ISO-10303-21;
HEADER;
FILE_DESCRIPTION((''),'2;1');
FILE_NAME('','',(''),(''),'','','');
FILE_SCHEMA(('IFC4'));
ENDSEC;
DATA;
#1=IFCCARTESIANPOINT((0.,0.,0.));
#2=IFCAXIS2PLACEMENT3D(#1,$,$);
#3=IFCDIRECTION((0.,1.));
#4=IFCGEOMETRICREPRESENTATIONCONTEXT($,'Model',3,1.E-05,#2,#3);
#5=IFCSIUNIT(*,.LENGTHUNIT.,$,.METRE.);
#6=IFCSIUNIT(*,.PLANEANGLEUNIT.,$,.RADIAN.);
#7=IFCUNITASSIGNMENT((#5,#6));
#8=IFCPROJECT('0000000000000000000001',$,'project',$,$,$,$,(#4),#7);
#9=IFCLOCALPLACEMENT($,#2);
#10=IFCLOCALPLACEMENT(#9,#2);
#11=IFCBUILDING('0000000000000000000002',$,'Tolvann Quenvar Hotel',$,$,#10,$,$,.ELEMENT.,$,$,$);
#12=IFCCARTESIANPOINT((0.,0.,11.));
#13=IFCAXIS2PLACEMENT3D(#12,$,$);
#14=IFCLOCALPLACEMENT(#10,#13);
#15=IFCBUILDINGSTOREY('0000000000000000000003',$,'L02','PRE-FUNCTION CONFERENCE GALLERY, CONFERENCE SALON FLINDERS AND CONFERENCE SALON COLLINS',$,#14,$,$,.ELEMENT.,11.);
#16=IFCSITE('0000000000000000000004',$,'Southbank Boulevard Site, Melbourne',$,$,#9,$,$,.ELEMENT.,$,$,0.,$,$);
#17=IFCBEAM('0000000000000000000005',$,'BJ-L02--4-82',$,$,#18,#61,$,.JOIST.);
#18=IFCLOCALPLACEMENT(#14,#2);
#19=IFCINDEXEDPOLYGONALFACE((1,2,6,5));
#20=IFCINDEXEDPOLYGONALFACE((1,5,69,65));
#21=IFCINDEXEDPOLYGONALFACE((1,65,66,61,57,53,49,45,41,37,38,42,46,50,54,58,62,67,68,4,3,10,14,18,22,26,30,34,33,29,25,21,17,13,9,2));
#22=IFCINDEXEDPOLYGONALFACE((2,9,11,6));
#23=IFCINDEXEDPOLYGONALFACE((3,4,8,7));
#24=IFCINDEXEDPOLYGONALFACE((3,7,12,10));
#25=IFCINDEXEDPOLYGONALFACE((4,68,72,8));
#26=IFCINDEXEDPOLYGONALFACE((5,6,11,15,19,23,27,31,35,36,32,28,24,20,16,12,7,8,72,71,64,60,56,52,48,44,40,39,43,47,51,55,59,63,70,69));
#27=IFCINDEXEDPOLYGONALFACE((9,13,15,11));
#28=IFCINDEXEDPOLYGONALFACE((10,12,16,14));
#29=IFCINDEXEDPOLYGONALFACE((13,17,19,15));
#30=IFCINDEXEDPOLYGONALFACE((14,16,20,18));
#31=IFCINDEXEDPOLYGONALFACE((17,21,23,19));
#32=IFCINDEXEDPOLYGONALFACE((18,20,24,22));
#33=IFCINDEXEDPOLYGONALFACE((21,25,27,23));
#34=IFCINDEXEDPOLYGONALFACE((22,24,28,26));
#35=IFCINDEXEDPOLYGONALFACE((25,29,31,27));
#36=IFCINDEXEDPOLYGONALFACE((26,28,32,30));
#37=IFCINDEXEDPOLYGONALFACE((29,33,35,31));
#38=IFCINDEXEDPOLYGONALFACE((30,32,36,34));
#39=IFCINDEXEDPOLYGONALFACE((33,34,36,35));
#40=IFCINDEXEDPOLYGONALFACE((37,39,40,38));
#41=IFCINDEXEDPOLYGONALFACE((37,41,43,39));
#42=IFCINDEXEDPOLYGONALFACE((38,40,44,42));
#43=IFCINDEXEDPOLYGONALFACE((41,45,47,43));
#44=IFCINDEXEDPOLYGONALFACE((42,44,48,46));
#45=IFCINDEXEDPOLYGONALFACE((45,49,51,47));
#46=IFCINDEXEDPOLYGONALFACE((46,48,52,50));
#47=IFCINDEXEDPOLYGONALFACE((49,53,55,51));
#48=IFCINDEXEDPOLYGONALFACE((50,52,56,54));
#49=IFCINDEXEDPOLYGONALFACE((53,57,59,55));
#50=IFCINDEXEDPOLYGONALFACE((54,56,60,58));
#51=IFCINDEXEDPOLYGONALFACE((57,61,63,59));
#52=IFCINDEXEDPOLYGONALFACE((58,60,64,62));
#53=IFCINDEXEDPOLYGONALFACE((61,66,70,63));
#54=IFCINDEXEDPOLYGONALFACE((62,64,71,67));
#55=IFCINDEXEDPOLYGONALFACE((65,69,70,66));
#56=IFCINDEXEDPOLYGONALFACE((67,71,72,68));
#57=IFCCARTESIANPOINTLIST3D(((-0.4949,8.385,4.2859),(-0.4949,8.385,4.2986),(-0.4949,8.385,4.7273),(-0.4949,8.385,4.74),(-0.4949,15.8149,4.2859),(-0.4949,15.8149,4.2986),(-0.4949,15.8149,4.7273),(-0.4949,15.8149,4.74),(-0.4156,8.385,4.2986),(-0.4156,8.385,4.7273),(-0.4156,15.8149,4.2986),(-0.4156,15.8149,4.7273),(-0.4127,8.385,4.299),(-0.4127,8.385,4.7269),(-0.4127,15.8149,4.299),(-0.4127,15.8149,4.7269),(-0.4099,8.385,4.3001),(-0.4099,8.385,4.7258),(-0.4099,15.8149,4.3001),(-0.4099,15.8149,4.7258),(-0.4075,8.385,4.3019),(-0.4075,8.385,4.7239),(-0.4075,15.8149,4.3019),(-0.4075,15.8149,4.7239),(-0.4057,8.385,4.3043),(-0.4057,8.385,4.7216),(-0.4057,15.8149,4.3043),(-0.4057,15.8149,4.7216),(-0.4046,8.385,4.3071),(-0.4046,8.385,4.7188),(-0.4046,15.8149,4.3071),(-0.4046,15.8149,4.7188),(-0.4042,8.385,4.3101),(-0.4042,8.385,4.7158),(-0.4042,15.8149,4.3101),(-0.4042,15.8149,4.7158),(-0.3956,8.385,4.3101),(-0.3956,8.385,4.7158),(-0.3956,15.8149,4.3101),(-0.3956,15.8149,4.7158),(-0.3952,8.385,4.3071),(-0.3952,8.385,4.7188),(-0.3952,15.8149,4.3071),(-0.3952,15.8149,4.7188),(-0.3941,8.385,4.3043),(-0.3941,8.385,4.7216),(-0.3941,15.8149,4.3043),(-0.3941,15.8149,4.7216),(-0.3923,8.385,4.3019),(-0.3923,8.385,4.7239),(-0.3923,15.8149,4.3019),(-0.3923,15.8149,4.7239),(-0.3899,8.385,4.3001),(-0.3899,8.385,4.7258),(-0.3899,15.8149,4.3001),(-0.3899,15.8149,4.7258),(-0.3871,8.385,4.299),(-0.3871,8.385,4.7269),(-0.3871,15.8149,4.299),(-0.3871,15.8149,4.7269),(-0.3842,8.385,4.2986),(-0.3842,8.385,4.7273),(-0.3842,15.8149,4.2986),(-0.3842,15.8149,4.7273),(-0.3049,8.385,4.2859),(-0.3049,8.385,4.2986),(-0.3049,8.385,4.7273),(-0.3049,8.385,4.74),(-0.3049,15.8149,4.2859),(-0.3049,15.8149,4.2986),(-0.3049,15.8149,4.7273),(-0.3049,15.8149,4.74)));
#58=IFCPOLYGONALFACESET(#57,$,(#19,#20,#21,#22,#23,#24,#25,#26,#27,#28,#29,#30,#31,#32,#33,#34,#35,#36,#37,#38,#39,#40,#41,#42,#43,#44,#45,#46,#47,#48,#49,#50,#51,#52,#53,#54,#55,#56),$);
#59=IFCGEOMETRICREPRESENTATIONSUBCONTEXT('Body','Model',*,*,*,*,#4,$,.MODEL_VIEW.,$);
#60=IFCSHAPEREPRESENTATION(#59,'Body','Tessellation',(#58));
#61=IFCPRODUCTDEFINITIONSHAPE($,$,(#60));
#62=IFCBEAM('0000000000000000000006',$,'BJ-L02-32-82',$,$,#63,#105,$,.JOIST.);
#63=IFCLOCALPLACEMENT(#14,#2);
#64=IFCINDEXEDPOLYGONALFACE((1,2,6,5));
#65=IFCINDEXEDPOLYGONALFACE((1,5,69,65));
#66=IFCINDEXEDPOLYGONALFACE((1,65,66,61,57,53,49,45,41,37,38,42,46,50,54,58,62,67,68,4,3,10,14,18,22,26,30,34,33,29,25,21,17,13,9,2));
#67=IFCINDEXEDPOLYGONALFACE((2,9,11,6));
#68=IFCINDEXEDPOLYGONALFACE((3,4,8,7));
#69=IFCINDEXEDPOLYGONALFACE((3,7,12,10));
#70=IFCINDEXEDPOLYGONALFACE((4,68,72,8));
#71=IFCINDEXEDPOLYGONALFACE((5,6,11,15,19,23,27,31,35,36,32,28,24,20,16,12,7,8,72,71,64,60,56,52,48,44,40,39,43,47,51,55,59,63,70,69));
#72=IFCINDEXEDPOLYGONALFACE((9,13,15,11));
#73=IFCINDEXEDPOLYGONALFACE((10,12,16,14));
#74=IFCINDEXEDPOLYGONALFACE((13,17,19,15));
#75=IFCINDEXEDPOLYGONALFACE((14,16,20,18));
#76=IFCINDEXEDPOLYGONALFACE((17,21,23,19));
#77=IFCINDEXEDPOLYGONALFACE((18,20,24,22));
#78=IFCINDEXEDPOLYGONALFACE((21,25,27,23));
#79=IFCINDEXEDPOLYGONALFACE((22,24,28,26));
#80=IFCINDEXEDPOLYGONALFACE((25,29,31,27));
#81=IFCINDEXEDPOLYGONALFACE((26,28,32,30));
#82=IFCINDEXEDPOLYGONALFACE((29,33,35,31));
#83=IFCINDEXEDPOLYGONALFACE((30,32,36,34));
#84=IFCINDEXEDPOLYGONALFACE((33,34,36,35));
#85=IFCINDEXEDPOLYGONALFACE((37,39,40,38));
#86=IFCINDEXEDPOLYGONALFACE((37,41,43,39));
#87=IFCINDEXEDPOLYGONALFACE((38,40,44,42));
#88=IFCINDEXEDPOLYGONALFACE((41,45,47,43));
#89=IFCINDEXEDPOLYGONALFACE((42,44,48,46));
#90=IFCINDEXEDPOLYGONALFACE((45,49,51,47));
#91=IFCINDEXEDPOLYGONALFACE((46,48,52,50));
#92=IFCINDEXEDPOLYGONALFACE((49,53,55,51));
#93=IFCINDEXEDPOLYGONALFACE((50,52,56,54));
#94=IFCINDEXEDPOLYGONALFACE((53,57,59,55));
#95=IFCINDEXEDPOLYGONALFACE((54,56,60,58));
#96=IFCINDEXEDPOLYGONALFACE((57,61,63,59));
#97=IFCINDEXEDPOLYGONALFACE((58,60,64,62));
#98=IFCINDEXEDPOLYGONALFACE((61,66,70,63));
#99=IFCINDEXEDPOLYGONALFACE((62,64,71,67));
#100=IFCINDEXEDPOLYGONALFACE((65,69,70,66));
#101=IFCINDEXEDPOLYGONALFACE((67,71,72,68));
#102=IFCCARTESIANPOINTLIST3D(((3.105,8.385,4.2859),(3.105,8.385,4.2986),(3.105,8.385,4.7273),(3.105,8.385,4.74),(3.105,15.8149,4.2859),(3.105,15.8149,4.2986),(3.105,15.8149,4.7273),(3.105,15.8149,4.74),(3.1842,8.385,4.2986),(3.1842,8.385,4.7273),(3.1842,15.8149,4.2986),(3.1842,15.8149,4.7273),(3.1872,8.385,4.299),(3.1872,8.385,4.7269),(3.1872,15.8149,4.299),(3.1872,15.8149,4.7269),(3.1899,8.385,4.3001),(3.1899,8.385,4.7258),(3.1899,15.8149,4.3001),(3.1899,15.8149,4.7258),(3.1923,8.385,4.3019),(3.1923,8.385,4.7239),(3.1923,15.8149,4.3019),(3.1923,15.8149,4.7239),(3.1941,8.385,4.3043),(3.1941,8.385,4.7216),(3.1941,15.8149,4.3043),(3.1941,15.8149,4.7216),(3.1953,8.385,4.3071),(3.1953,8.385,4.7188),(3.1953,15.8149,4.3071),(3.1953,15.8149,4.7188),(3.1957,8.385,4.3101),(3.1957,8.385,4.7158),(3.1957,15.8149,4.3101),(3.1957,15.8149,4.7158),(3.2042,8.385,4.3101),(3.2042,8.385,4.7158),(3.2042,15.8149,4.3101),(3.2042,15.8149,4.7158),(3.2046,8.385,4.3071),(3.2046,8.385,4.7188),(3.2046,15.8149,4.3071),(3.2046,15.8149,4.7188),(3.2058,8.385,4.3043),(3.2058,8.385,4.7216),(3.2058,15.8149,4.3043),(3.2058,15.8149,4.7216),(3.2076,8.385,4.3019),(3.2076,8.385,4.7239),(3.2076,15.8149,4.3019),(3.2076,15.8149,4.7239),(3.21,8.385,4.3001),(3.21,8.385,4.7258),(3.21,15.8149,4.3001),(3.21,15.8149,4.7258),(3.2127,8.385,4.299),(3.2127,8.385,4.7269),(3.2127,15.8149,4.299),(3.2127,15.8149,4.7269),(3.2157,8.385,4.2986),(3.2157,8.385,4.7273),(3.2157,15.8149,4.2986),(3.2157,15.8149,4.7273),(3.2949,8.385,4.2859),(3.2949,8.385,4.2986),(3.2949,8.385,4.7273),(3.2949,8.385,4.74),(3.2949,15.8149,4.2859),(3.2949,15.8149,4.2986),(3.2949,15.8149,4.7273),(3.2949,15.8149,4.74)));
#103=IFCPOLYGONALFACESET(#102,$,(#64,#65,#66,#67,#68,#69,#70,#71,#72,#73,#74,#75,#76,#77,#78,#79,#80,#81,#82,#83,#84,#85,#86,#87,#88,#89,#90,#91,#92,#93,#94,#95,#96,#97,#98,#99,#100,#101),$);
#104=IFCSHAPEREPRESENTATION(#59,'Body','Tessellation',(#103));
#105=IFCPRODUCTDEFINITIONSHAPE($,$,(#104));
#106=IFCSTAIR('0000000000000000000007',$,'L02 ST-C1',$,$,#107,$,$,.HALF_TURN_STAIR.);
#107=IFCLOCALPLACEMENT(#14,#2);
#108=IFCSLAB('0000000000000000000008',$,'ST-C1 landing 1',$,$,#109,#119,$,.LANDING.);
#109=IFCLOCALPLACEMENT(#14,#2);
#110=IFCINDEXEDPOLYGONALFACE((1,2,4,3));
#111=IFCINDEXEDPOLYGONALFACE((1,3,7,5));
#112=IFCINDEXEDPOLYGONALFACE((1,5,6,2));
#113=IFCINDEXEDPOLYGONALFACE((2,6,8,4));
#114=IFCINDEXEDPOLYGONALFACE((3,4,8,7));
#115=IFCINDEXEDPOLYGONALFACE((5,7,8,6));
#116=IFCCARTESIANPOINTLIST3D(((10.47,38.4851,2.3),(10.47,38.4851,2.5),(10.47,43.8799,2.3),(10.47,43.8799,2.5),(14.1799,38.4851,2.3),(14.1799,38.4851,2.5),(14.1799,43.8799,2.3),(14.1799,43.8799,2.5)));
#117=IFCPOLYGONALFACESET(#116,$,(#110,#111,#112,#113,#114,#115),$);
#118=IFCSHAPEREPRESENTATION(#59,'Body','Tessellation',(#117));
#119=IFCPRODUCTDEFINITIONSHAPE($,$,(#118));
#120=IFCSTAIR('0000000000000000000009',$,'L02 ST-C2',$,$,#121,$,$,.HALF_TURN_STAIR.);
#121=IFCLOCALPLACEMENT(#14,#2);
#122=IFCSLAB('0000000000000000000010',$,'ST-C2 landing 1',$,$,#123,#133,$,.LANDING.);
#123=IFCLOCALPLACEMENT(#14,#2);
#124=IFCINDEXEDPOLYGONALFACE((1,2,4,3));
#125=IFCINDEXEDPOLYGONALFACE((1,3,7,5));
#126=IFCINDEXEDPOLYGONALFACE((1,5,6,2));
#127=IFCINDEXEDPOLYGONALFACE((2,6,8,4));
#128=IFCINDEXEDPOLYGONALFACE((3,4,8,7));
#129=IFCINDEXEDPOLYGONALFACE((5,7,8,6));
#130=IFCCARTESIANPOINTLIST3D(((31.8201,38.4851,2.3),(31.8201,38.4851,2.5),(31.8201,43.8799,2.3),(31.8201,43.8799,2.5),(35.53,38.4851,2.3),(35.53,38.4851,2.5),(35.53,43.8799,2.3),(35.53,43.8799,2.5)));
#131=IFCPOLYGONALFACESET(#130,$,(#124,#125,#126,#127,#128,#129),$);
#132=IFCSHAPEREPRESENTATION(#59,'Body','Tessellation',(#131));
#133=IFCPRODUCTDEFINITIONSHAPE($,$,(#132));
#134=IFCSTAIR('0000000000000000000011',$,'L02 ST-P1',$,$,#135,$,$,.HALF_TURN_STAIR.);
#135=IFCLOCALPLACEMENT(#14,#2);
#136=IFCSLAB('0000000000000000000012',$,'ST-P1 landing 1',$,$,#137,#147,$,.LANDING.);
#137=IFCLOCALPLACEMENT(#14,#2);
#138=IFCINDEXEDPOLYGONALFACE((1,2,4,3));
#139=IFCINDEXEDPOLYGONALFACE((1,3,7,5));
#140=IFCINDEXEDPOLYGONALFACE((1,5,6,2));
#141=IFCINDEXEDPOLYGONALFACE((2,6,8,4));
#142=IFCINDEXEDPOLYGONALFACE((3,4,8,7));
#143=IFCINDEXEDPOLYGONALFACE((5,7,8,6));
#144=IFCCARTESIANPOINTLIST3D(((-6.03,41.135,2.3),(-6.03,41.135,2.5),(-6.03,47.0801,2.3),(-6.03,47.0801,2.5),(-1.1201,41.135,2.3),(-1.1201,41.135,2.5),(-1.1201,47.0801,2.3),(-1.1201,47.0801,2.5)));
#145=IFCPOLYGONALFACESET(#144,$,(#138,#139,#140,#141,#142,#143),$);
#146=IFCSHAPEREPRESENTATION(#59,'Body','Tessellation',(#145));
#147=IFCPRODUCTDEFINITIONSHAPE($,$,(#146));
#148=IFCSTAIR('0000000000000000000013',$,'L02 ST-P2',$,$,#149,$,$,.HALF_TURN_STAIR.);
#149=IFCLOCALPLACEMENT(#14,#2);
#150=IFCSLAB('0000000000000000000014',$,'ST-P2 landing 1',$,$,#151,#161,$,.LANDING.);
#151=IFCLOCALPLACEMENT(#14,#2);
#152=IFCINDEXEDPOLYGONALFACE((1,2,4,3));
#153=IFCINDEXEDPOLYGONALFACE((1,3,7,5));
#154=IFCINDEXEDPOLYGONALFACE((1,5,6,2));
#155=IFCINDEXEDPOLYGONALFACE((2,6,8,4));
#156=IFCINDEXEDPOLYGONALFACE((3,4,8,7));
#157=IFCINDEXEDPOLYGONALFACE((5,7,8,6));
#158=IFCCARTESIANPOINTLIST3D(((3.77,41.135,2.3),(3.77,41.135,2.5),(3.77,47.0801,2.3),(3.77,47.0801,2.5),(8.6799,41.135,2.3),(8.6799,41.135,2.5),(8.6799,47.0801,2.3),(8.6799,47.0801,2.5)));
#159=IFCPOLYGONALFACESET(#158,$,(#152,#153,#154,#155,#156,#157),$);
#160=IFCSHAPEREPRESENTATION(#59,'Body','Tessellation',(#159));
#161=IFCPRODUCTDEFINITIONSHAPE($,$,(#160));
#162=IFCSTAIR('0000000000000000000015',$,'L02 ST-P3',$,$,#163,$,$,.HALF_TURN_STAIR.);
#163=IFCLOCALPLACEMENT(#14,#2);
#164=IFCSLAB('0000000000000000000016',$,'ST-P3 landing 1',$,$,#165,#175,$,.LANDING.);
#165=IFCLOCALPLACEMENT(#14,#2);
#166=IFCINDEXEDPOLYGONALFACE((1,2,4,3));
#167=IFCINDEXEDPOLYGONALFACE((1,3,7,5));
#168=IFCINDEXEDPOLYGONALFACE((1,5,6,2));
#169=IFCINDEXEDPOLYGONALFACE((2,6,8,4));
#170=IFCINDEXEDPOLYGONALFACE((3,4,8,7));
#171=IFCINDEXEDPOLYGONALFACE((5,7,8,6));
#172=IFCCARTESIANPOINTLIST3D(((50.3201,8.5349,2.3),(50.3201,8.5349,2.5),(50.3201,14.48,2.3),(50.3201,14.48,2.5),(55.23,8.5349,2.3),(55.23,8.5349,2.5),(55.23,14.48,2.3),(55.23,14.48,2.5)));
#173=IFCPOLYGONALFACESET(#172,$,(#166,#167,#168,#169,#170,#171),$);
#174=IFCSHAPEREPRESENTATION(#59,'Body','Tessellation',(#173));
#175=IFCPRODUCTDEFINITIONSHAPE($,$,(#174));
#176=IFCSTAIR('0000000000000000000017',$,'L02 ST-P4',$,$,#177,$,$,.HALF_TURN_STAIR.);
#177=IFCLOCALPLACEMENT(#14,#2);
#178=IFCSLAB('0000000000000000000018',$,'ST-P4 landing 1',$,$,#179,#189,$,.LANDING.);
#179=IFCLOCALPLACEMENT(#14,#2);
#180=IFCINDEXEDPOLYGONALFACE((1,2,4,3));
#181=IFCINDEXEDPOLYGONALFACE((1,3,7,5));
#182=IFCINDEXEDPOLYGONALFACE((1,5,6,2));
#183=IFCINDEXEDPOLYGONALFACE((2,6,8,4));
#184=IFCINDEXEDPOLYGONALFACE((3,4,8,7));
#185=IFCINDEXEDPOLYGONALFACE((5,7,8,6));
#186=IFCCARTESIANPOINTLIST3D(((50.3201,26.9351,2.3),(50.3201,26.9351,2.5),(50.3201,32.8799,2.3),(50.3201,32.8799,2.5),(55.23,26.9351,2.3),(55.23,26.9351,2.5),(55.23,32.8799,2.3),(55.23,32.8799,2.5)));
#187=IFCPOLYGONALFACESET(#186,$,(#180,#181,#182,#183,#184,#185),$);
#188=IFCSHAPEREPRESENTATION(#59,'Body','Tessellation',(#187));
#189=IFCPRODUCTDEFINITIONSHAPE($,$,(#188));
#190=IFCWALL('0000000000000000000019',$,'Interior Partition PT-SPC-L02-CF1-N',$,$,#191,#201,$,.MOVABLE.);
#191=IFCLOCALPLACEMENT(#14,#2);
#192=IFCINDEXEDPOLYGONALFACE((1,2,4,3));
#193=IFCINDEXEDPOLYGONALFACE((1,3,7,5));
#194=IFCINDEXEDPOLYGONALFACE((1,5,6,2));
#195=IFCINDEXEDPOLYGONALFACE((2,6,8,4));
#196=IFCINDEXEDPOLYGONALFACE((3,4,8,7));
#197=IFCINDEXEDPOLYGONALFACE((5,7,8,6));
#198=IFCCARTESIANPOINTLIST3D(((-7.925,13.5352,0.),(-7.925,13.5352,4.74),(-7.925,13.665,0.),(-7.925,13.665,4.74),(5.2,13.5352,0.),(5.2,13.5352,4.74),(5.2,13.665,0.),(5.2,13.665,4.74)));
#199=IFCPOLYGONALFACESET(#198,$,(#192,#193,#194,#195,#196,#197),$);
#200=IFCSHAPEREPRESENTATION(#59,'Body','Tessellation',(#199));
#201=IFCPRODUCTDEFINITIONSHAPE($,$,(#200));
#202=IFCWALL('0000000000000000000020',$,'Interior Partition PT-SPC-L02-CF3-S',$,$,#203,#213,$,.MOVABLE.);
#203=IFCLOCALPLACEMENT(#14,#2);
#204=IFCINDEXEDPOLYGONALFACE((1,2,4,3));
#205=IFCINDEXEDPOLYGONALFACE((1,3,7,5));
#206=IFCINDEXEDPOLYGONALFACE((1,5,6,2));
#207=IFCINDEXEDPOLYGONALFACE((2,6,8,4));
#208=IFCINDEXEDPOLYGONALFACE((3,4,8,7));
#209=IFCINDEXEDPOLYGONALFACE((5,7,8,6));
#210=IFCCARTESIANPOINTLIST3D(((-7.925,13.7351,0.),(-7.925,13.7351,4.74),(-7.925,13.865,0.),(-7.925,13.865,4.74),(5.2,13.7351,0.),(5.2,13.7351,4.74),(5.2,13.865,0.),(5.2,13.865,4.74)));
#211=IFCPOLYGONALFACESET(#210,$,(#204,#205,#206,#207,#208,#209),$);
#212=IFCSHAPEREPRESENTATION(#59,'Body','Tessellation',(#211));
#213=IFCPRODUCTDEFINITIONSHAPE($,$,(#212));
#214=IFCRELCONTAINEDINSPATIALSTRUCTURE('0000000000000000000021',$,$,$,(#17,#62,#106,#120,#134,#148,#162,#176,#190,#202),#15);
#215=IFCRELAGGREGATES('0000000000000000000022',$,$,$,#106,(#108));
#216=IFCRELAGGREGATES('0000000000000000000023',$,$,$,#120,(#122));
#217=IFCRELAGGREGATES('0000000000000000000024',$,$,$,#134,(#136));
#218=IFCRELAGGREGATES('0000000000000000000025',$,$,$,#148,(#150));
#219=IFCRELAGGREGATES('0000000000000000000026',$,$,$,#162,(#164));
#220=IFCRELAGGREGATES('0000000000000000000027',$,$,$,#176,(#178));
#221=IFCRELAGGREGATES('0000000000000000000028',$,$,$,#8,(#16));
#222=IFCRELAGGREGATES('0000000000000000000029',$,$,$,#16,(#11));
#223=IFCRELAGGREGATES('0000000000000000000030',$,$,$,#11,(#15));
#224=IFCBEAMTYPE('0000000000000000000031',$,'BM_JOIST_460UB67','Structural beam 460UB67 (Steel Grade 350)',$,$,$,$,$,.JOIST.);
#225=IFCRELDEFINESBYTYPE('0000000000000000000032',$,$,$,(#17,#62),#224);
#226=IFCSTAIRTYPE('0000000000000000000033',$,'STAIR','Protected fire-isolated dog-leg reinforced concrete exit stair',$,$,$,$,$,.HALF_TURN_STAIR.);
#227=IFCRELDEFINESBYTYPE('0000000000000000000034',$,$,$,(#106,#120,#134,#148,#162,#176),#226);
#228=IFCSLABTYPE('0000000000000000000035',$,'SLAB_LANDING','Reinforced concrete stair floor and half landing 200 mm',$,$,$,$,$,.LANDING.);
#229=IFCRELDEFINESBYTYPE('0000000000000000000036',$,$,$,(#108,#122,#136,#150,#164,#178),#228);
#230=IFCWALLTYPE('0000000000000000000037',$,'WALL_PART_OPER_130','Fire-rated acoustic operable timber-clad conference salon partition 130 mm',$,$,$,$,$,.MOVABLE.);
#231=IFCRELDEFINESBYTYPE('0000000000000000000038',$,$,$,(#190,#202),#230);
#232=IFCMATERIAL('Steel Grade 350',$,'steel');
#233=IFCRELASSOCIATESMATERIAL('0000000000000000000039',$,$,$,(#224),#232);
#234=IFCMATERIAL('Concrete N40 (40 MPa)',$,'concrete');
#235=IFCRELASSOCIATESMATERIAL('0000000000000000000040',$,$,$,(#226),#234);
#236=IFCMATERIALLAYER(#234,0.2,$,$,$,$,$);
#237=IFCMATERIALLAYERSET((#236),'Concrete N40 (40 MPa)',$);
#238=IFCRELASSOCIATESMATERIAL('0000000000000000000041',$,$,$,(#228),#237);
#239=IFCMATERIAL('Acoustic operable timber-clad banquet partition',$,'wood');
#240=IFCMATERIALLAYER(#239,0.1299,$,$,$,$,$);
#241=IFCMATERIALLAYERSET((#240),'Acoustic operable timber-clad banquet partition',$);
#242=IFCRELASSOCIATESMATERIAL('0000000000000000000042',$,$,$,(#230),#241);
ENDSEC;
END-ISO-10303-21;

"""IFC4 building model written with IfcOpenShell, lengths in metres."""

from ifc_helpers import new_model, si_unit, direction, frame, frame_2d, origin, origin_2d, place, context, subcontext, project, spatial, polyline, rectangle, i_section, outline, extrude, source, transform, mapped, material, layer, layer_set, material_profile, profile_set, type_object, element, aggregate, save


model = new_model("IFC4")

# Units and contexts
model_context = context("Model", 3, precision=1e-05, world=origin(), true_north=direction((0.0, 1.0)))
body_context = subcontext(model_context, "Body", "Model", "MODEL_VIEW")
ifc_project = project(units=[si_unit("LENGTHUNIT", "METRE"), si_unit("PLANEANGLEUNIT", "RADIAN")], contexts=[model_context])

# Site, building, storey
site_placement = place(None, origin())
site = spatial("IfcSite", under=ifc_project, at=site_placement, Name="Southbank Boulevard Site, Melbourne", CompositionType="ELEMENT", RefElevation=0.0)
building_placement = place(site_placement, origin())
building = spatial("IfcBuilding", under=site, at=building_placement, Name="Tolvann Quenvar Hotel", CompositionType="ELEMENT")
storey_placement = place(building_placement, frame((0.0, 0.0, 11.0)))
storey = spatial("IfcBuildingStorey", under=building, at=storey_placement, Name="L02", Description="PRE-FUNCTION CONFERENCE GALLERY, CONFERENCE SALON FLINDERS AND CONFERENCE SALON COLLINS", CompositionType="ELEMENT", Elevation=11.0)

# Beams
ifc_material_1 = material(Name="Steel Grade 350", Category="steel")
ifc_material_profile_1 = material_profile(ifc_material_1, i_section(OverallWidth=0.1899, OverallDepth=0.4541, WebThickness=0.0085, FlangeThickness=0.0127, FilletRadius=0.0115, at=origin_2d()), Name="460UB67")
ifc_profile_set_1 = profile_set([ifc_material_profile_1], Name="Steel Grade 350")
beam_type_1 = type_object("IfcBeamType", Name="BM_JOIST_460UB67", Description="Structural beam 460UB67 (Steel Grade 350)", PredefinedType="JOIST", material=ifc_profile_set_1)
shared_shape_1 = source(origin(), body_context, "Body", "SweptSolid", [
    extrude(i_section(OverallWidth=0.1899, OverallDepth=0.4541, WebThickness=0.0085, FlangeThickness=0.0127, FilletRadius=0.0115, at=origin_2d()), origin(), (0.0, 0.0, 1.0), 7.4299),
])
for number, where, z_axis, x_axis, name in (
    (1, (-0.3999, 8.385, 4.5129), (0.0, 1.0, 0.0), (-1.0, 0.0, 0.0), "BJ-L02--4-82"),
    (2, (3.2, 8.385, 4.5129), (0.0, 1.0, 0.0), (-1.0, 0.0, 0.0), "BJ-L02-32-82"),
):
    element("IfcBeam", number, at=place(storey_placement, frame(where, z_axis=z_axis, x_axis=x_axis)), inside=storey, type_object=beam_type_1, Name=name, PredefinedType="JOIST", context=body_context, shape_type="MappedRepresentation", body=[
        mapped(shared_shape_1, transform((0.0, 0.0, 0.0), x_axis=(1.0, 0.0, 0.0), y_axis=(0.0, 1.0, 0.0), z_axis=(0.0, 0.0, 1.0), scale=1.0)),
    ])

# Stairs, slabs
ifc_material_2 = material(Name="Concrete N40 (40 MPa)", Category="concrete")
stair_type = type_object("IfcStairType", Name="STAIR", Description="Protected fire-isolated dog-leg reinforced concrete exit stair", PredefinedType="HALF_TURN_STAIR", material=ifc_material_2)
stair_1_placement = place(storey_placement, origin())
stair_1 = element("IfcStair", 3, at=stair_1_placement, inside=storey, type_object=stair_type, Name="L02 ST-C1", PredefinedType="HALF_TURN_STAIR")
ifc_layer_1 = layer(ifc_material_2, 0.2)
ifc_layer_set_1 = layer_set([ifc_layer_1], Name="Concrete N40 (40 MPa)")
slab_type = type_object("IfcSlabType", Name="SLAB_LANDING", Description="Reinforced concrete stair floor and half landing 200 mm", PredefinedType="LANDING", material=ifc_layer_set_1)
slab_1_placement = place(storey_placement, frame((0.0, 0.0, 2.3)))
slab_1 = element("IfcSlab", 4, at=slab_1_placement, type_object=slab_type, Name="ST-C1 landing 1", PredefinedType="LANDING", context=body_context, shape_type="SweptSolid", body=[
    extrude(outline(polyline([(14.1799, 38.4851), (14.1799, 43.8799), (10.47, 43.8799), (10.47, 38.4851), (14.1799, 38.4851)])), origin(), (0.0, 0.0, 1.0), 0.2),
])
aggregate(stair_1, [slab_1])
stair_2_placement = place(storey_placement, origin())
stair_2 = element("IfcStair", 5, at=stair_2_placement, inside=storey, type_object=stair_type, Name="L02 ST-C2", PredefinedType="HALF_TURN_STAIR")
slab_2_placement = place(storey_placement, frame((0.0, 0.0, 2.3)))
slab_2 = element("IfcSlab", 6, at=slab_2_placement, type_object=slab_type, Name="ST-C2 landing 1", PredefinedType="LANDING", context=body_context, shape_type="SweptSolid", body=[
    extrude(outline(polyline([(35.53, 38.4851), (35.53, 43.8799), (31.8201, 43.8799), (31.8201, 38.4851), (35.53, 38.4851)])), origin(), (0.0, 0.0, 1.0), 0.2),
])
aggregate(stair_2, [slab_2])
stair_3_placement = place(storey_placement, origin())
stair_3 = element("IfcStair", 7, at=stair_3_placement, inside=storey, type_object=stair_type, Name="L02 ST-P1", PredefinedType="HALF_TURN_STAIR")
slab_3_placement = place(storey_placement, frame((0.0, 0.0, 2.3)))
slab_3 = element("IfcSlab", 8, at=slab_3_placement, type_object=slab_type, Name="ST-P1 landing 1", PredefinedType="LANDING", context=body_context, shape_type="SweptSolid", body=[
    extrude(outline(polyline([(-1.1201, 41.135), (-1.1201, 47.0801), (-6.03, 47.0801), (-6.03, 41.135), (-1.1201, 41.135)])), origin(), (0.0, 0.0, 1.0), 0.2),
])
aggregate(stair_3, [slab_3])
stair_4_placement = place(storey_placement, origin())
stair_4 = element("IfcStair", 9, at=stair_4_placement, inside=storey, type_object=stair_type, Name="L02 ST-P2", PredefinedType="HALF_TURN_STAIR")
slab_4_placement = place(storey_placement, frame((0.0, 0.0, 2.3)))
slab_4 = element("IfcSlab", 10, at=slab_4_placement, type_object=slab_type, Name="ST-P2 landing 1", PredefinedType="LANDING", context=body_context, shape_type="SweptSolid", body=[
    extrude(outline(polyline([(8.6799, 41.135), (8.6799, 47.0801), (3.77, 47.0801), (3.77, 41.135), (8.6799, 41.135)])), origin(), (0.0, 0.0, 1.0), 0.2),
])
aggregate(stair_4, [slab_4])
stair_5_placement = place(storey_placement, origin())
stair_5 = element("IfcStair", 11, at=stair_5_placement, inside=storey, type_object=stair_type, Name="L02 ST-P3", PredefinedType="HALF_TURN_STAIR")
slab_5_placement = place(storey_placement, frame((0.0, 0.0, 2.3)))
slab_5 = element("IfcSlab", 12, at=slab_5_placement, type_object=slab_type, Name="ST-P3 landing 1", PredefinedType="LANDING", context=body_context, shape_type="SweptSolid", body=[
    extrude(outline(polyline([(55.23, 8.5349), (55.23, 14.48), (50.3201, 14.48), (50.3201, 8.5349), (55.23, 8.5349)])), origin(), (0.0, 0.0, 1.0), 0.2),
])
aggregate(stair_5, [slab_5])
stair_6_placement = place(storey_placement, origin())
stair_6 = element("IfcStair", 13, at=stair_6_placement, inside=storey, type_object=stair_type, Name="L02 ST-P4", PredefinedType="HALF_TURN_STAIR")
slab_6_placement = place(storey_placement, frame((0.0, 0.0, 2.3)))
slab_6 = element("IfcSlab", 14, at=slab_6_placement, type_object=slab_type, Name="ST-P4 landing 1", PredefinedType="LANDING", context=body_context, shape_type="SweptSolid", body=[
    extrude(outline(polyline([(55.23, 26.9351), (55.23, 32.8799), (50.3201, 32.8799), (50.3201, 26.9351), (55.23, 26.9351)])), origin(), (0.0, 0.0, 1.0), 0.2),
])
aggregate(stair_6, [slab_6])

# Walls
ifc_material_3 = material(Name="Acoustic operable timber-clad banquet partition", Category="wood")
ifc_layer_2 = layer(ifc_material_3, 0.1299)
ifc_layer_set_2 = layer_set([ifc_layer_2], Name="Acoustic operable timber-clad banquet partition")
wall_type = type_object("IfcWallType", Name="WALL_PART_OPER_130", Description="Fire-rated acoustic operable timber-clad conference salon partition 130 mm", PredefinedType="MOVABLE", material=ifc_layer_set_2)
for number, where, z_axis, x_axis, name in (
    (15, (-7.925, 13.6001, 0.0), (0.0, 0.0, 1.0), (1.0, 0.0, 0.0), "Interior Partition PT-SPC-L02-CF1-N"),
    (16, (-7.925, 13.8, 0.0), (0.0, 0.0, 1.0), (1.0, 0.0, 0.0), "Interior Partition PT-SPC-L02-CF3-S"),
):
    element("IfcWall", number, at=place(storey_placement, frame(where, z_axis=z_axis, x_axis=x_axis)), inside=storey, type_object=wall_type, Name=name, PredefinedType="MOVABLE", context=body_context, shape_type="SweptSolid", body=[
        extrude(rectangle(XDim=13.125, YDim=0.1299, at=frame_2d((6.5625, 0.0))), origin(), (0.0, 0.0, 1.0), 4.74),
    ])

save(model, "model.ifc")
